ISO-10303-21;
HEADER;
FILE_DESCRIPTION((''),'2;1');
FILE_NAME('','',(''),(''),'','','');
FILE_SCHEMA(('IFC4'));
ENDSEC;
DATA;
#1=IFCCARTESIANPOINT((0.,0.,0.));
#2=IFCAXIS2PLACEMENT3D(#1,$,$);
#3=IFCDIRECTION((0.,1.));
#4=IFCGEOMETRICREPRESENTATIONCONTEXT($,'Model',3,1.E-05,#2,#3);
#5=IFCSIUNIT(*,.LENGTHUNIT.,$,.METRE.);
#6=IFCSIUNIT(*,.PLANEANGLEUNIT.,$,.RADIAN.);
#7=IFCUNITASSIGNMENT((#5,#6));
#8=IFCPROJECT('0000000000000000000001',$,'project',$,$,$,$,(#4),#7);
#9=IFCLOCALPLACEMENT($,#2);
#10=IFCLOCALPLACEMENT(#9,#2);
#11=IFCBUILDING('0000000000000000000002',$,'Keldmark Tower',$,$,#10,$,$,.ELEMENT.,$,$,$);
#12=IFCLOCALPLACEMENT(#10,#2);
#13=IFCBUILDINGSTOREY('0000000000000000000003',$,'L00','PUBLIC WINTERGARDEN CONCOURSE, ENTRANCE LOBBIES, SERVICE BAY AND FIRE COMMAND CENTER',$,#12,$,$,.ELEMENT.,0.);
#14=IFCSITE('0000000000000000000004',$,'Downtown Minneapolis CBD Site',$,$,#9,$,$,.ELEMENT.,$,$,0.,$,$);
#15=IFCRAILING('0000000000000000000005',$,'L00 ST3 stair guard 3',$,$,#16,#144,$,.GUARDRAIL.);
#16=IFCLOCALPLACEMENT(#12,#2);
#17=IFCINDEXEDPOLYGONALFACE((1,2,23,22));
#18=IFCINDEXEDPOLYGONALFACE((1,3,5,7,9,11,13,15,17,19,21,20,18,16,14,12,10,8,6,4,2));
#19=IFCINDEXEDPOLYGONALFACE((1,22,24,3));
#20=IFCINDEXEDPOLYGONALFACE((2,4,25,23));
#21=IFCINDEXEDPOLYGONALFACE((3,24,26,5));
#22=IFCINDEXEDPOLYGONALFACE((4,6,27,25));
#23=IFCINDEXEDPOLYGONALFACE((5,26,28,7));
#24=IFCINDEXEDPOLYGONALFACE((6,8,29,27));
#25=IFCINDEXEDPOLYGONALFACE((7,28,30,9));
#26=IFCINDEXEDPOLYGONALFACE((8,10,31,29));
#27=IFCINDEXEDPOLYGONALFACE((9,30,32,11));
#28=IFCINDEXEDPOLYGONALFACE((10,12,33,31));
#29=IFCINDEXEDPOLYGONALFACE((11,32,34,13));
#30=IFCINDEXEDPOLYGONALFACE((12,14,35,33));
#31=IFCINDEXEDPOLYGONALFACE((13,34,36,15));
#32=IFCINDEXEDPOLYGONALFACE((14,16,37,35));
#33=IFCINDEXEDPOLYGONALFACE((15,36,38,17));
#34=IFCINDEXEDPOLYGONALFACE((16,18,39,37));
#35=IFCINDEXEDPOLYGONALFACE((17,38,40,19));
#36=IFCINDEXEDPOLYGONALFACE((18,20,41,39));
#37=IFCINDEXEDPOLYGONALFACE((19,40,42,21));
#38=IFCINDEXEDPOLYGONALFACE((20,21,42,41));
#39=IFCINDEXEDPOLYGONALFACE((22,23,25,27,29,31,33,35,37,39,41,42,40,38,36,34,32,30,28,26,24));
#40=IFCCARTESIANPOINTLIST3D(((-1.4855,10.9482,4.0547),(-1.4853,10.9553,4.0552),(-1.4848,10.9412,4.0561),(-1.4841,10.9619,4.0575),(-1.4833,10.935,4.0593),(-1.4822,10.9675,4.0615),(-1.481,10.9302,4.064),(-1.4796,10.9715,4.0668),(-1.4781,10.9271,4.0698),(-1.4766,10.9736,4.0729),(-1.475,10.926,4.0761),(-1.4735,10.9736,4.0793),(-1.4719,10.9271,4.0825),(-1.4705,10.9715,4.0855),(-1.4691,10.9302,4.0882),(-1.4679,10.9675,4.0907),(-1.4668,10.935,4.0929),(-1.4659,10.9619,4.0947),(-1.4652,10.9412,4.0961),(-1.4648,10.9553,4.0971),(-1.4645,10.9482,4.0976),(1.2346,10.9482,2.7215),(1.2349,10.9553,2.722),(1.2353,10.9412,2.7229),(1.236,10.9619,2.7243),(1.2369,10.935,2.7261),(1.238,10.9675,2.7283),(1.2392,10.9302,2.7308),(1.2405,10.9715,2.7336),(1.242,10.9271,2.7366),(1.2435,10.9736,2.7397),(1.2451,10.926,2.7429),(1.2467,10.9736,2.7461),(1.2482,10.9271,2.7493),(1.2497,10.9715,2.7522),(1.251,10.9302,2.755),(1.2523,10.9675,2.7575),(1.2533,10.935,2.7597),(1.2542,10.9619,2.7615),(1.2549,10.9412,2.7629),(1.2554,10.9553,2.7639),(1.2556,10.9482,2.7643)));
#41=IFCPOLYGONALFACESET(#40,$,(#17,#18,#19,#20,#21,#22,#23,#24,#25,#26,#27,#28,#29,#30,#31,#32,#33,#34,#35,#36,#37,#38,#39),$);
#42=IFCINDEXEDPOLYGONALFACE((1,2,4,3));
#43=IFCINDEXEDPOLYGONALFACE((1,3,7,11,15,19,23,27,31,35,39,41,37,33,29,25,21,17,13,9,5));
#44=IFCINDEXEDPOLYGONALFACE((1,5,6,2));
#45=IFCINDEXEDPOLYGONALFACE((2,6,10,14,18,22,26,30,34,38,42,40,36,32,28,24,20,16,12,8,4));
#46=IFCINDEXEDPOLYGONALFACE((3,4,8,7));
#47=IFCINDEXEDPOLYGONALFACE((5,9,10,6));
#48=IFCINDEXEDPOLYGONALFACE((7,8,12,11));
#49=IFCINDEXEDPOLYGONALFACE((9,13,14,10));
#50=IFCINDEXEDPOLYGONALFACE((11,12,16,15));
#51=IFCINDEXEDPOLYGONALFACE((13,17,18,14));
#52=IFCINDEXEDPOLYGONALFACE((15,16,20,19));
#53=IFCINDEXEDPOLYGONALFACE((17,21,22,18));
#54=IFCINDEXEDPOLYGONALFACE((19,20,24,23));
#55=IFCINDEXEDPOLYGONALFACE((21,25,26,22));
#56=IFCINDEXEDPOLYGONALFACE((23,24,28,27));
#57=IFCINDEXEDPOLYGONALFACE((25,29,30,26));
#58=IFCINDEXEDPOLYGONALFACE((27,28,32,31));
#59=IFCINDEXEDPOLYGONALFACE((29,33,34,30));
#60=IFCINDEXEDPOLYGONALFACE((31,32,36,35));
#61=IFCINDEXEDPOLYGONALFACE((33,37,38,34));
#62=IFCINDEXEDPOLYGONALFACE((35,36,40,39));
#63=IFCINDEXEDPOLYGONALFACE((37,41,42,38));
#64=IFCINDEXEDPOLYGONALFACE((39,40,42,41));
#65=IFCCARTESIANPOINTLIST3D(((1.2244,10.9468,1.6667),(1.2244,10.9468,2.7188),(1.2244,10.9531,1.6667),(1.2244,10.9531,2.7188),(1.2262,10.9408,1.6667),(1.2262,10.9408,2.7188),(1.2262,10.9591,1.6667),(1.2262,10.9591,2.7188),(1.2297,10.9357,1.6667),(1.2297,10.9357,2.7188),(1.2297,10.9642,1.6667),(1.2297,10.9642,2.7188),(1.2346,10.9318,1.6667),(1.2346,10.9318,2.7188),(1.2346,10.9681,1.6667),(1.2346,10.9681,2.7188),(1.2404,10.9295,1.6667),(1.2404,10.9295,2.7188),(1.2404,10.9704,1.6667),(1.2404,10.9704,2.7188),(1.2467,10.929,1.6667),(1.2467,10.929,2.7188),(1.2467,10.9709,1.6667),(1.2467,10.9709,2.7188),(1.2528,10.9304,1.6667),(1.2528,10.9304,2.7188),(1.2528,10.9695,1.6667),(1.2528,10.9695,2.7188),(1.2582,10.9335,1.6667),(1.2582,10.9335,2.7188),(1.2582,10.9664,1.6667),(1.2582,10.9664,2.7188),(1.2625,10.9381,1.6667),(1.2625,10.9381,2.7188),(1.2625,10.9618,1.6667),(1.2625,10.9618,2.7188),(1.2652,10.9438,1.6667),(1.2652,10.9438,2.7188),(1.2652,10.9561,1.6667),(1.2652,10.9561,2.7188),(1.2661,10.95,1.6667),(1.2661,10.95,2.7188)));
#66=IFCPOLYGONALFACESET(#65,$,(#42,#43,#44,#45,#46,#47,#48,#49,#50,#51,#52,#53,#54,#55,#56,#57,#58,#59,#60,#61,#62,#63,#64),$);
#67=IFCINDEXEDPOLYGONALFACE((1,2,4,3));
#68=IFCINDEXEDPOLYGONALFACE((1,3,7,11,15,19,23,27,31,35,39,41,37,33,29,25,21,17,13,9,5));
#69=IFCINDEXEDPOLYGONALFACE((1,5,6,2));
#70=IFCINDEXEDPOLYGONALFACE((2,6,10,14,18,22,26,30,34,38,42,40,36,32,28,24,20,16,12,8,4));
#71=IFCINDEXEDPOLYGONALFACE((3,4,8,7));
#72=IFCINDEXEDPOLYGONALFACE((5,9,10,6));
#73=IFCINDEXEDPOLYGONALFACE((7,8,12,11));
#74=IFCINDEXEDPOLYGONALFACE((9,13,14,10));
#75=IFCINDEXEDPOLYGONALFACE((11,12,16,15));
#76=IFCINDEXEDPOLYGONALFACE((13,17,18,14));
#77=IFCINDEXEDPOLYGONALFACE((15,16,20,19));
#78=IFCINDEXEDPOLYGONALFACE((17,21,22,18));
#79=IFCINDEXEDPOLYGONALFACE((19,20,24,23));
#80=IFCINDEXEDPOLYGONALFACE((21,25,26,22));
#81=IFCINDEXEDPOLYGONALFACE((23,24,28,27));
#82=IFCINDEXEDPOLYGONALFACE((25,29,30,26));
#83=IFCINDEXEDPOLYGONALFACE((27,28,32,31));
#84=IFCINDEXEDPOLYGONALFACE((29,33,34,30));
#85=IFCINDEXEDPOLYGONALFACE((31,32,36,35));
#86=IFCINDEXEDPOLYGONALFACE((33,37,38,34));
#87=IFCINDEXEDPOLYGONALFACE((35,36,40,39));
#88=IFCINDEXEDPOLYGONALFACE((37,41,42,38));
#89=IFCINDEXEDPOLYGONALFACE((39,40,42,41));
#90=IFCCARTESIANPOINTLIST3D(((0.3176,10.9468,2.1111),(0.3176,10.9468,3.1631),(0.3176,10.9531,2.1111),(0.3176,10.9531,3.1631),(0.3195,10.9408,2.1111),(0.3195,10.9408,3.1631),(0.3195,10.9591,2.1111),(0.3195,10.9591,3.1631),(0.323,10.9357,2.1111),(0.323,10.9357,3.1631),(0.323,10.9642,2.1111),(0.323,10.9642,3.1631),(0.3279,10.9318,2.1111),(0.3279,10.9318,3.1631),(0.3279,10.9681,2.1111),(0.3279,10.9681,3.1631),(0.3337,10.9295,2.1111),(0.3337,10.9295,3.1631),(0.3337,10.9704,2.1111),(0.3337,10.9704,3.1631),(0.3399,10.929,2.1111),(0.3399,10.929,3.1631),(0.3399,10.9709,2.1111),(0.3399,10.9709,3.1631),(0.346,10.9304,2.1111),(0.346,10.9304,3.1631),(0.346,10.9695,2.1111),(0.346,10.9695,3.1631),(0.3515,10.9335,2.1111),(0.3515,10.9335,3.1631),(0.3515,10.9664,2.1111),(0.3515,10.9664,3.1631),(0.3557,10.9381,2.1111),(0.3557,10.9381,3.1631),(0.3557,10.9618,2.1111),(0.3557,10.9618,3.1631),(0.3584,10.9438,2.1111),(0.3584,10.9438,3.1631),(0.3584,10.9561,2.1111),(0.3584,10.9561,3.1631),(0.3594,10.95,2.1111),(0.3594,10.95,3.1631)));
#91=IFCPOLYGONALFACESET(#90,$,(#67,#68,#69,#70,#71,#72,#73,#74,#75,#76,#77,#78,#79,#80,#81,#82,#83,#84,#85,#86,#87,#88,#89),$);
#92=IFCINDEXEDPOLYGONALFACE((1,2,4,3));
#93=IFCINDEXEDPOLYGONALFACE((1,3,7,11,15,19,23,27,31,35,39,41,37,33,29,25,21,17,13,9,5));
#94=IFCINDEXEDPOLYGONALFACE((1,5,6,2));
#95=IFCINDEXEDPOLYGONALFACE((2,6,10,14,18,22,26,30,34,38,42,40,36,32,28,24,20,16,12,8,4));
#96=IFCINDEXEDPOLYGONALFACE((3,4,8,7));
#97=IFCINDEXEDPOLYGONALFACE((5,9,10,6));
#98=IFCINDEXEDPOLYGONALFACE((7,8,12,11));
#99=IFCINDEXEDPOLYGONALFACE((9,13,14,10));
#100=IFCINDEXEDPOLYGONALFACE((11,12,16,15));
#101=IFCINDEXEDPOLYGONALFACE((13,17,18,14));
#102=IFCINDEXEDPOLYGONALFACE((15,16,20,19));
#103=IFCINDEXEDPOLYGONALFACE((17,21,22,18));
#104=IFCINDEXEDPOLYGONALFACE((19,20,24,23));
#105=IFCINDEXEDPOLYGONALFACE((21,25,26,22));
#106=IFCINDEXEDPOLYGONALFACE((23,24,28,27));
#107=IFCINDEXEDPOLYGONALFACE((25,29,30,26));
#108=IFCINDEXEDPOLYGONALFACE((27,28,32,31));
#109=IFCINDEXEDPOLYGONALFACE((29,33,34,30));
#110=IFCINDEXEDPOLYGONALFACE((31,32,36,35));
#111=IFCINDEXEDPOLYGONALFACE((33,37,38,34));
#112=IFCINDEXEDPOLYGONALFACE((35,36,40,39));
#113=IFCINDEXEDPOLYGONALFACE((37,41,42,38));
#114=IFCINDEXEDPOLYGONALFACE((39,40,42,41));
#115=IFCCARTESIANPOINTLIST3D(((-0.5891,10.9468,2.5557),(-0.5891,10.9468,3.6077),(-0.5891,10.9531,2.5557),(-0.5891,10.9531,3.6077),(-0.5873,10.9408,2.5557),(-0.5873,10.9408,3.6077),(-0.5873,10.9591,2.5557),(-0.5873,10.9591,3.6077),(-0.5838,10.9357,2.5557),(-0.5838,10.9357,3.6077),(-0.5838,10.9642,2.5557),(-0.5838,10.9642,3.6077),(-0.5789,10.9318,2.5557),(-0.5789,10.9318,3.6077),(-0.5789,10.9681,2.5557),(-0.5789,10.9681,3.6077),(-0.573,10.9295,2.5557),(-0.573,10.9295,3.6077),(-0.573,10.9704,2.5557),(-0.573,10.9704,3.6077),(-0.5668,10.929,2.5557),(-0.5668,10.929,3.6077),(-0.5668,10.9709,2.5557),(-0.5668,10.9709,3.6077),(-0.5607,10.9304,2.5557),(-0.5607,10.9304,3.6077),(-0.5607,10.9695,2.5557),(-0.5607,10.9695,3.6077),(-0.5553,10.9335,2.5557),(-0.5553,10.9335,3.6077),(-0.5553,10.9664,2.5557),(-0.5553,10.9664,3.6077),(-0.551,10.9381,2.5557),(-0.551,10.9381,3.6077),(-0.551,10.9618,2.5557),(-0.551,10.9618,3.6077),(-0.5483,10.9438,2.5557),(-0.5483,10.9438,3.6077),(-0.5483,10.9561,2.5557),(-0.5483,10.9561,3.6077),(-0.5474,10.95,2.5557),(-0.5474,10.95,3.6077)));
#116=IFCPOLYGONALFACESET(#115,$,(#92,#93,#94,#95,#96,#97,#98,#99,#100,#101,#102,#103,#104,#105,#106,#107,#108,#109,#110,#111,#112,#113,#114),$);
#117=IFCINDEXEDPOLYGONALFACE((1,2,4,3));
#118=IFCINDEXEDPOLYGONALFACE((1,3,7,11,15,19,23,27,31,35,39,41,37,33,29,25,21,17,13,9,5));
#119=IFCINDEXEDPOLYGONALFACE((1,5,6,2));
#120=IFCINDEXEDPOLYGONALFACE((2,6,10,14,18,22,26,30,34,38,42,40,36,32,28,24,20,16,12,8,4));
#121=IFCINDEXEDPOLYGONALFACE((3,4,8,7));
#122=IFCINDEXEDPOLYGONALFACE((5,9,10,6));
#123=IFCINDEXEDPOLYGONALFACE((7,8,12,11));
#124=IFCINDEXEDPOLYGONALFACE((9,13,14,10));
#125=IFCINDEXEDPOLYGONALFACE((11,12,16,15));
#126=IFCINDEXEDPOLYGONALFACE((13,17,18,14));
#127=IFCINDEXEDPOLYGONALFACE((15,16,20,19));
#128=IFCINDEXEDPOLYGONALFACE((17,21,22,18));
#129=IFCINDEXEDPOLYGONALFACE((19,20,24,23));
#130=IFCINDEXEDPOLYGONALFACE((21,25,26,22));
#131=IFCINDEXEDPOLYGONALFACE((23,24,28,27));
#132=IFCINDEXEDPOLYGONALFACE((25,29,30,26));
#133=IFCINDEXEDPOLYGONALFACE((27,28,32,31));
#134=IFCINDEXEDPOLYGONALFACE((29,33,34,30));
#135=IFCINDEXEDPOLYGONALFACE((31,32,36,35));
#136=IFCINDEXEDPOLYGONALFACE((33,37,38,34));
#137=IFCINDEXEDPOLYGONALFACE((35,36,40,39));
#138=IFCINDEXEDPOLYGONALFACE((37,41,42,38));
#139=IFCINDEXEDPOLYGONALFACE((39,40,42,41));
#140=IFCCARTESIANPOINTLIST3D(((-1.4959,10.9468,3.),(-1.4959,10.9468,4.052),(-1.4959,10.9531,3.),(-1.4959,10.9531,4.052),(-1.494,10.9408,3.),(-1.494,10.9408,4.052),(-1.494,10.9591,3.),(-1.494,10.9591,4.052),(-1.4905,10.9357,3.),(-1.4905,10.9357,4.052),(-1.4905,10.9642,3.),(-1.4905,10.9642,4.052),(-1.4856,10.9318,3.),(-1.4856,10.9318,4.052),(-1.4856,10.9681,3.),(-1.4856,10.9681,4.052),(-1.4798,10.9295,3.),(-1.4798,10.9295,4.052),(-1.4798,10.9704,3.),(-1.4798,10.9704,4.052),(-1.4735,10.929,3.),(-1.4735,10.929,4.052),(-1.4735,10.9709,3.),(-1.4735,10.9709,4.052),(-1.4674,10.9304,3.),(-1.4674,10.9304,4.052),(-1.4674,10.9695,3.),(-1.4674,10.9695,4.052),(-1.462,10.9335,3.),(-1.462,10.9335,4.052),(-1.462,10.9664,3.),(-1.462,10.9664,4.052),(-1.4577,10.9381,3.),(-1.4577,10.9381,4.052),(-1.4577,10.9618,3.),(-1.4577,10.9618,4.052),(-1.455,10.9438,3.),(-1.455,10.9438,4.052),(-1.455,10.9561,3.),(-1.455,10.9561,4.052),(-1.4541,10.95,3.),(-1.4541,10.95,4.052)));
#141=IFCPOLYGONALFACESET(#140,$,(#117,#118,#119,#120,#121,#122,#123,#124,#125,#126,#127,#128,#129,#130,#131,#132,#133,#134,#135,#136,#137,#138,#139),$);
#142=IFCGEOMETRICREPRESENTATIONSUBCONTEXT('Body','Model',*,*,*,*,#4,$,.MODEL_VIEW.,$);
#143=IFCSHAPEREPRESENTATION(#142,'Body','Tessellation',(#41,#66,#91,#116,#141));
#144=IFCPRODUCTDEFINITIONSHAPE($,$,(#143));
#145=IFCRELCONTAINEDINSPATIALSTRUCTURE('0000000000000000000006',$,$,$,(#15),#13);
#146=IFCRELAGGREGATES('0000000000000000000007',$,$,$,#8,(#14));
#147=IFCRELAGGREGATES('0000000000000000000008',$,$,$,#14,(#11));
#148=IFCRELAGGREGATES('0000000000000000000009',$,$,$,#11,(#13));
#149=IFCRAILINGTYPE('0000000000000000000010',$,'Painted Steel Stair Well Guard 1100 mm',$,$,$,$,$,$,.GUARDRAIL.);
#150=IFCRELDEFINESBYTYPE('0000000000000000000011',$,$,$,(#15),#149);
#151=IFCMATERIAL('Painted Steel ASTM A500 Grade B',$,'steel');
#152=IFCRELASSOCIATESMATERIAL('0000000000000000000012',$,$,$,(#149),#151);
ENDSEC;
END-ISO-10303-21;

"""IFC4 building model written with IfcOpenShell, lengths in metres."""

from ifc_helpers import new_model, si_unit, direction, frame, origin, origin_2d, place, context, subcontext, project, spatial, circle, extrude, material, type_object, element, save


model = new_model("IFC4")

# Units and contexts
model_context = context("Model", 3, precision=1e-05, world=origin(), true_north=direction((0.0, 1.0)))
body_context = subcontext(model_context, "Body", "Model", "MODEL_VIEW")
ifc_project = project(units=[si_unit("LENGTHUNIT", "METRE"), si_unit("PLANEANGLEUNIT", "RADIAN")], contexts=[model_context])

# Site, building, storey
site_placement = place(None, origin())
site = spatial("IfcSite", under=ifc_project, at=site_placement, Name="Downtown Minneapolis CBD Site", CompositionType="ELEMENT", RefElevation=0.0)
building_placement = place(site_placement, origin())
building = spatial("IfcBuilding", under=site, at=building_placement, Name="Keldmark Tower", CompositionType="ELEMENT")
storey_placement = place(building_placement, origin())
storey = spatial("IfcBuildingStorey", under=building, at=storey_placement, Name="L00", Description="PUBLIC WINTERGARDEN CONCOURSE, ENTRANCE LOBBIES, SERVICE BAY AND FIRE COMMAND CENTER", CompositionType="ELEMENT", Elevation=0.0)

# Railing
ifc_material_1 = material(Name="Painted Steel ASTM A500 Grade B", Category="steel")
railing_type = type_object("IfcRailingType", Name="Painted Steel Stair Well Guard 1100 mm", PredefinedType="GUARDRAIL", material=ifc_material_1)
railing_1_placement = place(storey_placement, frame((1.2451, 10.95, 1.6667)))
element("IfcRailing", 1, at=railing_1_placement, inside=storey, type_object=railing_type, Name="L00 ST3 stair guard 3", PredefinedType="GUARDRAIL", context=body_context, shape_type="SweptSolid", body=[
    extrude(circle(Radius=0.0239, at=origin_2d()), frame((0.0, 0.0, 1.0762), z_axis=(-0.897945, 0.0, 0.440108), x_axis=(0.0, -1.0, 0.0)), (0.0, 0.0, 1.0), 3.0293),
    extrude(circle(Radius=0.021, at=origin_2d()), origin(), (0.0, 0.0, 1.0), 1.052),
    extrude(circle(Radius=0.021, at=origin_2d()), frame((-0.9067, 0.0, 0.4443)), (0.0, 0.0, 1.0), 1.052),
    extrude(circle(Radius=0.021, at=origin_2d()), frame((-1.8135, 0.0, 0.8889)), (0.0, 0.0, 1.0), 1.052),
    extrude(circle(Radius=0.021, at=origin_2d()), frame((-2.7202, 0.0, 1.3333)), (0.0, 0.0, 1.0), 1.052),
])

save(model, "model.ifc")
